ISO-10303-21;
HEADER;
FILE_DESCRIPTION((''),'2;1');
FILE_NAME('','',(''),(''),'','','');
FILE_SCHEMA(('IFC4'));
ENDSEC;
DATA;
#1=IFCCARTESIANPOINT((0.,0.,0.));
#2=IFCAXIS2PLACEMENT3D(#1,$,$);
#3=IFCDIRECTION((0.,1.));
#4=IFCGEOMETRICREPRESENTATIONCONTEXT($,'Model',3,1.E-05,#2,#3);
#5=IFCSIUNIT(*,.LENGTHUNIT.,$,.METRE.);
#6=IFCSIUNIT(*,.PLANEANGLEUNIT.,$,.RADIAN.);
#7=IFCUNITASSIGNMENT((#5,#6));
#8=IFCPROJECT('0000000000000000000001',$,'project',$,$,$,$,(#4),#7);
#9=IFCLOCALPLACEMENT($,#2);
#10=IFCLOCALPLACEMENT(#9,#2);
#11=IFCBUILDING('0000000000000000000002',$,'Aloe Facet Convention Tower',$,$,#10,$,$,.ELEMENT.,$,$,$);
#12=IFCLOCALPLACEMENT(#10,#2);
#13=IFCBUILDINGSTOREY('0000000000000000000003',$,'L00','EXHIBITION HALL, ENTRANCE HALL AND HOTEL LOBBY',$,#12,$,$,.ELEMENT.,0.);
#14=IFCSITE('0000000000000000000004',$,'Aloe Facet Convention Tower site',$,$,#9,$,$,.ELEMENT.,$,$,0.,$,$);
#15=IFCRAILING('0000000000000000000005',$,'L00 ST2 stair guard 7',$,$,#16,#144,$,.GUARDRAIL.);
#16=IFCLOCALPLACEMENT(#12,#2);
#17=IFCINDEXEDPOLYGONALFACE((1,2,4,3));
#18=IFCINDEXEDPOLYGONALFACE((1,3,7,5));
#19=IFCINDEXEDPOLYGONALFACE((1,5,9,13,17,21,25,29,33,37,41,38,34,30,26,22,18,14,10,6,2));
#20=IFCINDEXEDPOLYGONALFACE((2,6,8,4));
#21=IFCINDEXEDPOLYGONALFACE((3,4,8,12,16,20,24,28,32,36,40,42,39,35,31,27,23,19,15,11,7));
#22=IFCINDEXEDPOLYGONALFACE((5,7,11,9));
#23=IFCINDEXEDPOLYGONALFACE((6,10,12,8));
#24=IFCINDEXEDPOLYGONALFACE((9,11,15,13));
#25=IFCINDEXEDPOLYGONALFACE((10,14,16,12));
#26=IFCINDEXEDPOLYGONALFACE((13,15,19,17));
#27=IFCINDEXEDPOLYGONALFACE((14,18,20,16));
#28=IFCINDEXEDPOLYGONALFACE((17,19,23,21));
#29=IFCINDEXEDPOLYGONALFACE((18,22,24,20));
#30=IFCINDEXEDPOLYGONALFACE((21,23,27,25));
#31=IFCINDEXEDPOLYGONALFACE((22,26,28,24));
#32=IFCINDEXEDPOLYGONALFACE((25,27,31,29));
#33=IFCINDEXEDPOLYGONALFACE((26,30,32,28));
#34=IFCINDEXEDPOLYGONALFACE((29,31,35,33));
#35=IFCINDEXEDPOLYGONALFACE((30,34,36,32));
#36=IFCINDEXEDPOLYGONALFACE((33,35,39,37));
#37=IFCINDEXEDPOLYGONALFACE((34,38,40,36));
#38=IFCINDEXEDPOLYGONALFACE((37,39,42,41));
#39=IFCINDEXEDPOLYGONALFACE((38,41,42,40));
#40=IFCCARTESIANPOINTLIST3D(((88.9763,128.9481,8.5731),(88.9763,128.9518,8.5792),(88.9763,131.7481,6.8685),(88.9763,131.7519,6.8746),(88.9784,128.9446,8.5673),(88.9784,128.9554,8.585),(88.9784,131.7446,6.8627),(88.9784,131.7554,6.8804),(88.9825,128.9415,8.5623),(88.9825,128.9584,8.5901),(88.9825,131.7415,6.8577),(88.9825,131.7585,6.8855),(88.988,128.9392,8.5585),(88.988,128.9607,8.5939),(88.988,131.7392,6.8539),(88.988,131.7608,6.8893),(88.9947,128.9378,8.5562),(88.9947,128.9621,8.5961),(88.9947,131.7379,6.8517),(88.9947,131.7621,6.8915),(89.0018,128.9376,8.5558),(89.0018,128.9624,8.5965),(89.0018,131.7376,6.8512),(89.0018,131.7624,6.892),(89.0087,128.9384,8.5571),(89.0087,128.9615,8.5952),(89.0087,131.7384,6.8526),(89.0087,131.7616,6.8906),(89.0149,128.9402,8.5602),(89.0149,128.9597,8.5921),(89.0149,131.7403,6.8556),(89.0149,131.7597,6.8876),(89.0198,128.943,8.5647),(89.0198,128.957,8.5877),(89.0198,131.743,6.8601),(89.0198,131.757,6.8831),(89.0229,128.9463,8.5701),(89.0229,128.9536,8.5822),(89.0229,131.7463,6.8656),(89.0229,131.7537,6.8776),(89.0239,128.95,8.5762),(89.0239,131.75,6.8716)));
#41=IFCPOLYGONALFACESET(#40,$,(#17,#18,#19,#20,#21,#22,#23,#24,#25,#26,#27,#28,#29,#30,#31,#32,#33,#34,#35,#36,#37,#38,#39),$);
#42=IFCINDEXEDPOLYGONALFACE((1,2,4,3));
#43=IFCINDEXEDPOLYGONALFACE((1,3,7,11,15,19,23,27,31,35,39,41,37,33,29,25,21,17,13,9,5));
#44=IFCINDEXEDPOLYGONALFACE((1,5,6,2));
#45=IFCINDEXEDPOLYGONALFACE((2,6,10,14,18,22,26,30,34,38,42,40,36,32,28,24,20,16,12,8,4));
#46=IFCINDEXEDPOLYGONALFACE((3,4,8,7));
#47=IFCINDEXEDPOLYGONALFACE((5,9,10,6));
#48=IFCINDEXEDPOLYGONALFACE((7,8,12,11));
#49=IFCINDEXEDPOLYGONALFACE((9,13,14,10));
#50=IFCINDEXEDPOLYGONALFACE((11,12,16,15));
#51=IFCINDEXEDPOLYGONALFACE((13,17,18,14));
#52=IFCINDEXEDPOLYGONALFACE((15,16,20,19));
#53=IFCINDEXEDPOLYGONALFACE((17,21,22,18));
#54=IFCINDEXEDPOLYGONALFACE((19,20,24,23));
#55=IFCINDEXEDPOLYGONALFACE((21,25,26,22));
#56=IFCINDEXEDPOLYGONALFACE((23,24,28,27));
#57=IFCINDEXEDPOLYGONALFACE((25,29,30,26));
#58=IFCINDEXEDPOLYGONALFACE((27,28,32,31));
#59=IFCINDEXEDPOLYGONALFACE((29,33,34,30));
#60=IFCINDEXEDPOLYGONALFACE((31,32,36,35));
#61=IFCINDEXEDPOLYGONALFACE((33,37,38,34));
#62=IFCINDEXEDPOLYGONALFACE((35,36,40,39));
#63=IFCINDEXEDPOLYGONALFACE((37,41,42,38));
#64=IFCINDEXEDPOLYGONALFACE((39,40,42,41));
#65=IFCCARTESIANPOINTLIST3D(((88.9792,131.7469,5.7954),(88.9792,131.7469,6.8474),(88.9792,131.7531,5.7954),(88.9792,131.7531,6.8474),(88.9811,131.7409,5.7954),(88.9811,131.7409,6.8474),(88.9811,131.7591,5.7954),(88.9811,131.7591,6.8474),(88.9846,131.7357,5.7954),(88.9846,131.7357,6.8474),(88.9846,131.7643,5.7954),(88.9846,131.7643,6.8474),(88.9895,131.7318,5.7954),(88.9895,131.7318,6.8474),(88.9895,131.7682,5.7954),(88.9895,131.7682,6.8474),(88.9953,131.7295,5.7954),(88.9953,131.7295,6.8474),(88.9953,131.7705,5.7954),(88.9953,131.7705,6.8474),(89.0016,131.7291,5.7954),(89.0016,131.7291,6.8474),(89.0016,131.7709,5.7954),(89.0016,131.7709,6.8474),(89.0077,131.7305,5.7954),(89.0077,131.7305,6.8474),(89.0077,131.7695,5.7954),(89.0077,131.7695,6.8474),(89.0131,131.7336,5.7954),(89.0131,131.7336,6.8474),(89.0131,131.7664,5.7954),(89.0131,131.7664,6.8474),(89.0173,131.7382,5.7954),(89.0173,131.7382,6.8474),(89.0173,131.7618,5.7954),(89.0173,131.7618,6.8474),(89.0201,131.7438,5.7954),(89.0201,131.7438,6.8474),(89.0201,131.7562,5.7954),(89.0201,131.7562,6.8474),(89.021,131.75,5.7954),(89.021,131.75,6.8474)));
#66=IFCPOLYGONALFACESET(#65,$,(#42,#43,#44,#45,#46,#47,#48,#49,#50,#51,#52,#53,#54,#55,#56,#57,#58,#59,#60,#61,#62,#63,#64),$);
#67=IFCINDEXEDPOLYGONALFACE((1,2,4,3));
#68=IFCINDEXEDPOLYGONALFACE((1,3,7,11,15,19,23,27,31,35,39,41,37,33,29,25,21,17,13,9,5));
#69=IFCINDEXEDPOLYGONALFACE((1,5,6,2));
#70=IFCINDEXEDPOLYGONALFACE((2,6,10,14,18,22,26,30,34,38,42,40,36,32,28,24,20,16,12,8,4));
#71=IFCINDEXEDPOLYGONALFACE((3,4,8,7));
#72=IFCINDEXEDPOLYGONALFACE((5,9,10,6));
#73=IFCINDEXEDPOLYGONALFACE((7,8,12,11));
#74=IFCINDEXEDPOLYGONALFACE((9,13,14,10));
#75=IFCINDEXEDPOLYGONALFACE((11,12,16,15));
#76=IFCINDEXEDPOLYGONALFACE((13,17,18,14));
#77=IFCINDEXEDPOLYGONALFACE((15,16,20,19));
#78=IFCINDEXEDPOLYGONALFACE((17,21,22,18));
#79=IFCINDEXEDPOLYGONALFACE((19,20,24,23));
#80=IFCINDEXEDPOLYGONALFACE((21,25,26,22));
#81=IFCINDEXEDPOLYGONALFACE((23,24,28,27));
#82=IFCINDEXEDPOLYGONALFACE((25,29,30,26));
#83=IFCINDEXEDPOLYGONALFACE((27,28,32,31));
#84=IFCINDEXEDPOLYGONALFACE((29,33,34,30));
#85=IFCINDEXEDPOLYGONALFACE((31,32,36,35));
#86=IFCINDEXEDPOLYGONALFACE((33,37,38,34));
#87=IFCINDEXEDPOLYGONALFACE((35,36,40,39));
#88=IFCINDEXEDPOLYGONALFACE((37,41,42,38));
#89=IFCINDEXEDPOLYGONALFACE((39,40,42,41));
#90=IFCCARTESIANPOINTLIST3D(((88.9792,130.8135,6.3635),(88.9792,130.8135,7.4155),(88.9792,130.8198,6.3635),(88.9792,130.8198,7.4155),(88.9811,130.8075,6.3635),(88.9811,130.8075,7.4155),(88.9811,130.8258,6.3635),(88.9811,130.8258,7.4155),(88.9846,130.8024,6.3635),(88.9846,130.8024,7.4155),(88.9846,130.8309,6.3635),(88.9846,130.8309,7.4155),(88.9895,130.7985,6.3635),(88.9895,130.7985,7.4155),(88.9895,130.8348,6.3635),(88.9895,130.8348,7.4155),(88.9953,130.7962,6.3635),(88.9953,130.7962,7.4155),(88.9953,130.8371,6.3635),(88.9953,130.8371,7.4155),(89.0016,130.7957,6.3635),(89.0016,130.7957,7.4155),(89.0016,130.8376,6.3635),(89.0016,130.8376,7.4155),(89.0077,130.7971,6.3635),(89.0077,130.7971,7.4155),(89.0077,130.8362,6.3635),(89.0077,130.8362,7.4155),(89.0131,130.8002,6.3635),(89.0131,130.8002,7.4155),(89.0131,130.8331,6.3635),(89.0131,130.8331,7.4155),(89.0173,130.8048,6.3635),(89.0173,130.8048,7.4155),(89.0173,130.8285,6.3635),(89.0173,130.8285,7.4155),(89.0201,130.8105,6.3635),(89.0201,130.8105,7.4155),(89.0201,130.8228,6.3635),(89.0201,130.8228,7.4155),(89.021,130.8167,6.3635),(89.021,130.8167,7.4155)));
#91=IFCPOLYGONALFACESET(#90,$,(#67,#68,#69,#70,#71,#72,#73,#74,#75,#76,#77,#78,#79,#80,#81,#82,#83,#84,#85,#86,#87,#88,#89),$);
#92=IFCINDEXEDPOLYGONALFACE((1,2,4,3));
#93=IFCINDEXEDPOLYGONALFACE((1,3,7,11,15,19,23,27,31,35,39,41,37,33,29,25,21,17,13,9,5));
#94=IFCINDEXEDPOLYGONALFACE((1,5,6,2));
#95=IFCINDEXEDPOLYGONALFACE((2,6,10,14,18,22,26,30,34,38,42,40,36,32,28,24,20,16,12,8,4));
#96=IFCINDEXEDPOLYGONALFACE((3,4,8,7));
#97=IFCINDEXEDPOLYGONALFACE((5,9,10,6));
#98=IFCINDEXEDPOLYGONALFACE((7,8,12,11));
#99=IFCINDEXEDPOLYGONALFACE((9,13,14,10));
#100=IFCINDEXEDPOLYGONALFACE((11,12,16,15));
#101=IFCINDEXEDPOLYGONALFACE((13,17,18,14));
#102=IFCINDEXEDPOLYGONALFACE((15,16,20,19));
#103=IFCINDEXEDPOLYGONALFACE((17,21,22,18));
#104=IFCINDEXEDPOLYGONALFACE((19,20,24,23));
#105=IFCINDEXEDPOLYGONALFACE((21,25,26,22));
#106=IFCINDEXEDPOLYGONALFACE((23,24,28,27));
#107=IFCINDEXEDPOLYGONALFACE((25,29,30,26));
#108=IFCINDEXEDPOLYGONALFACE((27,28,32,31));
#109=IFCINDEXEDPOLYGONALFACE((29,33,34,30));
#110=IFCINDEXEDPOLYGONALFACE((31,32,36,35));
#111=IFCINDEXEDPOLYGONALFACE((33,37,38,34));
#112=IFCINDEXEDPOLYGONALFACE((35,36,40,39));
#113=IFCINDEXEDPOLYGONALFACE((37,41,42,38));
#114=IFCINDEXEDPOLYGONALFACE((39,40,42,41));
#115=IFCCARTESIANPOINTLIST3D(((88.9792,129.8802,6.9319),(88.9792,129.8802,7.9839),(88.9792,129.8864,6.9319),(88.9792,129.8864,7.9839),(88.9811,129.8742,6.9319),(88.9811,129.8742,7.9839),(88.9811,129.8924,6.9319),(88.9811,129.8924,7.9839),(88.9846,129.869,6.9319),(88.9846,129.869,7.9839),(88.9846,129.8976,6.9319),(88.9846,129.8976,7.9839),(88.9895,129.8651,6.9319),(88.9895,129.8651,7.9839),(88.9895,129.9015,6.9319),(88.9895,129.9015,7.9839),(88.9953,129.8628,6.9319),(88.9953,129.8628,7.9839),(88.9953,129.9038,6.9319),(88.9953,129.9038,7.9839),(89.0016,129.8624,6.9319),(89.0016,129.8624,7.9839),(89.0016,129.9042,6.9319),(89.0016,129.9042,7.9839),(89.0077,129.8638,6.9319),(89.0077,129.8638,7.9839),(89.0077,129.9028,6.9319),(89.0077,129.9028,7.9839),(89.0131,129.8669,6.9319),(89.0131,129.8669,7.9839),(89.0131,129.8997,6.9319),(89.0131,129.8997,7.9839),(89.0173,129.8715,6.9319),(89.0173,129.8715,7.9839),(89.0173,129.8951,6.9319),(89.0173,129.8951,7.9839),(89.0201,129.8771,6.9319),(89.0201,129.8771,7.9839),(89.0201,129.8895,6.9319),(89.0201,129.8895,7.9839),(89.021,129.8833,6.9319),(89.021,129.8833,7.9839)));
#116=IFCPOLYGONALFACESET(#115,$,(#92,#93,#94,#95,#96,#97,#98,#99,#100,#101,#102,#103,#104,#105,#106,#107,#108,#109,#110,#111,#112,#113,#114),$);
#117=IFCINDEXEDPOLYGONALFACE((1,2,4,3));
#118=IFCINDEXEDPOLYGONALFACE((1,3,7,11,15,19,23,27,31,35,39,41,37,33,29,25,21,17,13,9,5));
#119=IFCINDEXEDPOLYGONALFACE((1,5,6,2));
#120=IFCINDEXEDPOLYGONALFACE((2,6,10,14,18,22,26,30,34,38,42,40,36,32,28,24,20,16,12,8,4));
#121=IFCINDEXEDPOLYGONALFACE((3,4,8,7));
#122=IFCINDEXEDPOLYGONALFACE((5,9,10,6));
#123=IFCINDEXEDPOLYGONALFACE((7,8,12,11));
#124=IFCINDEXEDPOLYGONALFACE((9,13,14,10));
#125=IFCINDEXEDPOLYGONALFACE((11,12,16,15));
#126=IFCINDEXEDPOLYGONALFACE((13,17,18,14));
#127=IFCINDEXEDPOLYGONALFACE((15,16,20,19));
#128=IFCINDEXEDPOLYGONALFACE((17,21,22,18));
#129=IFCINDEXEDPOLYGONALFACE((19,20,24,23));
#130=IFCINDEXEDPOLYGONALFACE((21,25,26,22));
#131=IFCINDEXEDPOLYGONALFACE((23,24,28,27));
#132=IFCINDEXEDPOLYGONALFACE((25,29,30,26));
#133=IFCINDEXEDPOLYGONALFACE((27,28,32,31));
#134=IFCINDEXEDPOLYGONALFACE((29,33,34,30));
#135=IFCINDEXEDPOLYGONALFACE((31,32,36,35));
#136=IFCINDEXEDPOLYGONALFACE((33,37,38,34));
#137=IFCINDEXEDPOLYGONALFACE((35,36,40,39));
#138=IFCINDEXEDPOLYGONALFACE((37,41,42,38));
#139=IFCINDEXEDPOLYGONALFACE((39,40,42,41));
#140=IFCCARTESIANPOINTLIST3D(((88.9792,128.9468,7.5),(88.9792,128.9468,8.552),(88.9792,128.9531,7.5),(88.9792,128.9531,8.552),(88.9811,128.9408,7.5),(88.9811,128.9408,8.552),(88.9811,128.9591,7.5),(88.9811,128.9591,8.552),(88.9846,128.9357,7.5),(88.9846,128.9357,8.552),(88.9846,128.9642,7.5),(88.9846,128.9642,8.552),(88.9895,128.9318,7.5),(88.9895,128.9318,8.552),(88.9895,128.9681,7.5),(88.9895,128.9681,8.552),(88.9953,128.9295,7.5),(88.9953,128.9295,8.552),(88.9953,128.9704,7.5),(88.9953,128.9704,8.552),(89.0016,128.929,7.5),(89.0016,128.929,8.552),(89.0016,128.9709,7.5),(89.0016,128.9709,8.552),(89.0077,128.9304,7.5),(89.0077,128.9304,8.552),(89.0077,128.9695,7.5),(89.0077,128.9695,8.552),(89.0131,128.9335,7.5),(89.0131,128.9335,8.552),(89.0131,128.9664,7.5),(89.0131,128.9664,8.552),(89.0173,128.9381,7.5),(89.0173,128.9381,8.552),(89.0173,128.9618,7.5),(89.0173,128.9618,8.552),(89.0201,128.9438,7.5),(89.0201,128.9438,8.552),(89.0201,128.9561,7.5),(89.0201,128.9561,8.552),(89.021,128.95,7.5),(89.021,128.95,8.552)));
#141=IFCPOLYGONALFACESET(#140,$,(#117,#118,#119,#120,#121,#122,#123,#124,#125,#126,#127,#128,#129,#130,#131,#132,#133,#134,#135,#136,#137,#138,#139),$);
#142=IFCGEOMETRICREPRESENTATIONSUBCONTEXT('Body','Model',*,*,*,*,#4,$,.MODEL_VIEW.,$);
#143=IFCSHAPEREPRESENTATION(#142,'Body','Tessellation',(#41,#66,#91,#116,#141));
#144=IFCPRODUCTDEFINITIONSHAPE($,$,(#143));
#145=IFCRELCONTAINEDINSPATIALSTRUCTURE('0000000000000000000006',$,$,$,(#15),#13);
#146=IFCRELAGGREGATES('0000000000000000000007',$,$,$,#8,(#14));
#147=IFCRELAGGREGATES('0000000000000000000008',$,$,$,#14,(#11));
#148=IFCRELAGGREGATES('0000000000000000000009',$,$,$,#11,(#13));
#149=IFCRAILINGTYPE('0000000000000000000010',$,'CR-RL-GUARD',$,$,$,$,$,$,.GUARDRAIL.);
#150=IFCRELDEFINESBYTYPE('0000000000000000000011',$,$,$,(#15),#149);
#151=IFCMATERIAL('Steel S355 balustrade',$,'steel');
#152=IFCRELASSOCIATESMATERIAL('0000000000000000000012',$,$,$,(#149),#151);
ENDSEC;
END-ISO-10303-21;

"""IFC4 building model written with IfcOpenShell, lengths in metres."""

from ifc_helpers import new_model, si_unit, direction, frame, origin, origin_2d, place, context, subcontext, project, spatial, circle, extrude, material, type_object, element, save


model = new_model("IFC4")

# Units and contexts
model_context = context("Model", 3, precision=1e-05, world=origin(), true_north=direction((0.0, 1.0)))
body_context = subcontext(model_context, "Body", "Model", "MODEL_VIEW")
ifc_project = project(units=[si_unit("LENGTHUNIT", "METRE"), si_unit("PLANEANGLEUNIT", "RADIAN")], contexts=[model_context])

# Site, building, storey
site_placement = place(None, origin())
site = spatial("IfcSite", under=ifc_project, at=site_placement, Name="Aloe Facet Convention Tower site", CompositionType="ELEMENT", RefElevation=0.0)
building_placement = place(site_placement, origin())
building = spatial("IfcBuilding", under=site, at=building_placement, Name="Aloe Facet Convention Tower", CompositionType="ELEMENT")
storey_placement = place(building_placement, origin())
storey = spatial("IfcBuildingStorey", under=building, at=storey_placement, Name="L00", Description="EXHIBITION HALL, ENTRANCE HALL AND HOTEL LOBBY", CompositionType="ELEMENT", Elevation=0.0)

# Railing
ifc_material_1 = material(Name="Steel S355 balustrade", Category="steel")
railing_type_1 = type_object("IfcRailingType", Name="CR-RL-GUARD", PredefinedType="GUARDRAIL", material=ifc_material_1)
railing_1_placement = place(storey_placement, frame((89.0, 131.75, 5.7954)))
element("IfcRailing", 1, at=railing_1_placement, inside=storey, type_object=railing_type_1, Name="L00 ST2 stair guard 7", PredefinedType="GUARDRAIL", context=body_context, shape_type="SweptSolid", body=[
    extrude(circle(Radius=0.0239, at=origin_2d()), frame((0.0, 0.0, 1.0762), z_axis=(0.0, -0.85417, 0.519994), x_axis=(1.0, 0.0, 0.0)), (0.0, 0.0, 1.0), 3.2781),
    extrude(circle(Radius=0.021, at=origin_2d()), origin(), (0.0, 0.0, 1.0), 1.052),
    extrude(circle(Radius=0.021, at=origin_2d()), frame((0.0, -0.9333, 0.5681)), (0.0, 0.0, 1.0), 1.052),
    extrude(circle(Radius=0.021, at=origin_2d()), frame((0.0, -1.8667, 1.1365)), (0.0, 0.0, 1.0), 1.052),
    extrude(circle(Radius=0.021, at=origin_2d()), frame((0.0, -2.8, 1.7046)), (0.0, 0.0, 1.0), 1.052),
])

save(model, "model.ifc")
